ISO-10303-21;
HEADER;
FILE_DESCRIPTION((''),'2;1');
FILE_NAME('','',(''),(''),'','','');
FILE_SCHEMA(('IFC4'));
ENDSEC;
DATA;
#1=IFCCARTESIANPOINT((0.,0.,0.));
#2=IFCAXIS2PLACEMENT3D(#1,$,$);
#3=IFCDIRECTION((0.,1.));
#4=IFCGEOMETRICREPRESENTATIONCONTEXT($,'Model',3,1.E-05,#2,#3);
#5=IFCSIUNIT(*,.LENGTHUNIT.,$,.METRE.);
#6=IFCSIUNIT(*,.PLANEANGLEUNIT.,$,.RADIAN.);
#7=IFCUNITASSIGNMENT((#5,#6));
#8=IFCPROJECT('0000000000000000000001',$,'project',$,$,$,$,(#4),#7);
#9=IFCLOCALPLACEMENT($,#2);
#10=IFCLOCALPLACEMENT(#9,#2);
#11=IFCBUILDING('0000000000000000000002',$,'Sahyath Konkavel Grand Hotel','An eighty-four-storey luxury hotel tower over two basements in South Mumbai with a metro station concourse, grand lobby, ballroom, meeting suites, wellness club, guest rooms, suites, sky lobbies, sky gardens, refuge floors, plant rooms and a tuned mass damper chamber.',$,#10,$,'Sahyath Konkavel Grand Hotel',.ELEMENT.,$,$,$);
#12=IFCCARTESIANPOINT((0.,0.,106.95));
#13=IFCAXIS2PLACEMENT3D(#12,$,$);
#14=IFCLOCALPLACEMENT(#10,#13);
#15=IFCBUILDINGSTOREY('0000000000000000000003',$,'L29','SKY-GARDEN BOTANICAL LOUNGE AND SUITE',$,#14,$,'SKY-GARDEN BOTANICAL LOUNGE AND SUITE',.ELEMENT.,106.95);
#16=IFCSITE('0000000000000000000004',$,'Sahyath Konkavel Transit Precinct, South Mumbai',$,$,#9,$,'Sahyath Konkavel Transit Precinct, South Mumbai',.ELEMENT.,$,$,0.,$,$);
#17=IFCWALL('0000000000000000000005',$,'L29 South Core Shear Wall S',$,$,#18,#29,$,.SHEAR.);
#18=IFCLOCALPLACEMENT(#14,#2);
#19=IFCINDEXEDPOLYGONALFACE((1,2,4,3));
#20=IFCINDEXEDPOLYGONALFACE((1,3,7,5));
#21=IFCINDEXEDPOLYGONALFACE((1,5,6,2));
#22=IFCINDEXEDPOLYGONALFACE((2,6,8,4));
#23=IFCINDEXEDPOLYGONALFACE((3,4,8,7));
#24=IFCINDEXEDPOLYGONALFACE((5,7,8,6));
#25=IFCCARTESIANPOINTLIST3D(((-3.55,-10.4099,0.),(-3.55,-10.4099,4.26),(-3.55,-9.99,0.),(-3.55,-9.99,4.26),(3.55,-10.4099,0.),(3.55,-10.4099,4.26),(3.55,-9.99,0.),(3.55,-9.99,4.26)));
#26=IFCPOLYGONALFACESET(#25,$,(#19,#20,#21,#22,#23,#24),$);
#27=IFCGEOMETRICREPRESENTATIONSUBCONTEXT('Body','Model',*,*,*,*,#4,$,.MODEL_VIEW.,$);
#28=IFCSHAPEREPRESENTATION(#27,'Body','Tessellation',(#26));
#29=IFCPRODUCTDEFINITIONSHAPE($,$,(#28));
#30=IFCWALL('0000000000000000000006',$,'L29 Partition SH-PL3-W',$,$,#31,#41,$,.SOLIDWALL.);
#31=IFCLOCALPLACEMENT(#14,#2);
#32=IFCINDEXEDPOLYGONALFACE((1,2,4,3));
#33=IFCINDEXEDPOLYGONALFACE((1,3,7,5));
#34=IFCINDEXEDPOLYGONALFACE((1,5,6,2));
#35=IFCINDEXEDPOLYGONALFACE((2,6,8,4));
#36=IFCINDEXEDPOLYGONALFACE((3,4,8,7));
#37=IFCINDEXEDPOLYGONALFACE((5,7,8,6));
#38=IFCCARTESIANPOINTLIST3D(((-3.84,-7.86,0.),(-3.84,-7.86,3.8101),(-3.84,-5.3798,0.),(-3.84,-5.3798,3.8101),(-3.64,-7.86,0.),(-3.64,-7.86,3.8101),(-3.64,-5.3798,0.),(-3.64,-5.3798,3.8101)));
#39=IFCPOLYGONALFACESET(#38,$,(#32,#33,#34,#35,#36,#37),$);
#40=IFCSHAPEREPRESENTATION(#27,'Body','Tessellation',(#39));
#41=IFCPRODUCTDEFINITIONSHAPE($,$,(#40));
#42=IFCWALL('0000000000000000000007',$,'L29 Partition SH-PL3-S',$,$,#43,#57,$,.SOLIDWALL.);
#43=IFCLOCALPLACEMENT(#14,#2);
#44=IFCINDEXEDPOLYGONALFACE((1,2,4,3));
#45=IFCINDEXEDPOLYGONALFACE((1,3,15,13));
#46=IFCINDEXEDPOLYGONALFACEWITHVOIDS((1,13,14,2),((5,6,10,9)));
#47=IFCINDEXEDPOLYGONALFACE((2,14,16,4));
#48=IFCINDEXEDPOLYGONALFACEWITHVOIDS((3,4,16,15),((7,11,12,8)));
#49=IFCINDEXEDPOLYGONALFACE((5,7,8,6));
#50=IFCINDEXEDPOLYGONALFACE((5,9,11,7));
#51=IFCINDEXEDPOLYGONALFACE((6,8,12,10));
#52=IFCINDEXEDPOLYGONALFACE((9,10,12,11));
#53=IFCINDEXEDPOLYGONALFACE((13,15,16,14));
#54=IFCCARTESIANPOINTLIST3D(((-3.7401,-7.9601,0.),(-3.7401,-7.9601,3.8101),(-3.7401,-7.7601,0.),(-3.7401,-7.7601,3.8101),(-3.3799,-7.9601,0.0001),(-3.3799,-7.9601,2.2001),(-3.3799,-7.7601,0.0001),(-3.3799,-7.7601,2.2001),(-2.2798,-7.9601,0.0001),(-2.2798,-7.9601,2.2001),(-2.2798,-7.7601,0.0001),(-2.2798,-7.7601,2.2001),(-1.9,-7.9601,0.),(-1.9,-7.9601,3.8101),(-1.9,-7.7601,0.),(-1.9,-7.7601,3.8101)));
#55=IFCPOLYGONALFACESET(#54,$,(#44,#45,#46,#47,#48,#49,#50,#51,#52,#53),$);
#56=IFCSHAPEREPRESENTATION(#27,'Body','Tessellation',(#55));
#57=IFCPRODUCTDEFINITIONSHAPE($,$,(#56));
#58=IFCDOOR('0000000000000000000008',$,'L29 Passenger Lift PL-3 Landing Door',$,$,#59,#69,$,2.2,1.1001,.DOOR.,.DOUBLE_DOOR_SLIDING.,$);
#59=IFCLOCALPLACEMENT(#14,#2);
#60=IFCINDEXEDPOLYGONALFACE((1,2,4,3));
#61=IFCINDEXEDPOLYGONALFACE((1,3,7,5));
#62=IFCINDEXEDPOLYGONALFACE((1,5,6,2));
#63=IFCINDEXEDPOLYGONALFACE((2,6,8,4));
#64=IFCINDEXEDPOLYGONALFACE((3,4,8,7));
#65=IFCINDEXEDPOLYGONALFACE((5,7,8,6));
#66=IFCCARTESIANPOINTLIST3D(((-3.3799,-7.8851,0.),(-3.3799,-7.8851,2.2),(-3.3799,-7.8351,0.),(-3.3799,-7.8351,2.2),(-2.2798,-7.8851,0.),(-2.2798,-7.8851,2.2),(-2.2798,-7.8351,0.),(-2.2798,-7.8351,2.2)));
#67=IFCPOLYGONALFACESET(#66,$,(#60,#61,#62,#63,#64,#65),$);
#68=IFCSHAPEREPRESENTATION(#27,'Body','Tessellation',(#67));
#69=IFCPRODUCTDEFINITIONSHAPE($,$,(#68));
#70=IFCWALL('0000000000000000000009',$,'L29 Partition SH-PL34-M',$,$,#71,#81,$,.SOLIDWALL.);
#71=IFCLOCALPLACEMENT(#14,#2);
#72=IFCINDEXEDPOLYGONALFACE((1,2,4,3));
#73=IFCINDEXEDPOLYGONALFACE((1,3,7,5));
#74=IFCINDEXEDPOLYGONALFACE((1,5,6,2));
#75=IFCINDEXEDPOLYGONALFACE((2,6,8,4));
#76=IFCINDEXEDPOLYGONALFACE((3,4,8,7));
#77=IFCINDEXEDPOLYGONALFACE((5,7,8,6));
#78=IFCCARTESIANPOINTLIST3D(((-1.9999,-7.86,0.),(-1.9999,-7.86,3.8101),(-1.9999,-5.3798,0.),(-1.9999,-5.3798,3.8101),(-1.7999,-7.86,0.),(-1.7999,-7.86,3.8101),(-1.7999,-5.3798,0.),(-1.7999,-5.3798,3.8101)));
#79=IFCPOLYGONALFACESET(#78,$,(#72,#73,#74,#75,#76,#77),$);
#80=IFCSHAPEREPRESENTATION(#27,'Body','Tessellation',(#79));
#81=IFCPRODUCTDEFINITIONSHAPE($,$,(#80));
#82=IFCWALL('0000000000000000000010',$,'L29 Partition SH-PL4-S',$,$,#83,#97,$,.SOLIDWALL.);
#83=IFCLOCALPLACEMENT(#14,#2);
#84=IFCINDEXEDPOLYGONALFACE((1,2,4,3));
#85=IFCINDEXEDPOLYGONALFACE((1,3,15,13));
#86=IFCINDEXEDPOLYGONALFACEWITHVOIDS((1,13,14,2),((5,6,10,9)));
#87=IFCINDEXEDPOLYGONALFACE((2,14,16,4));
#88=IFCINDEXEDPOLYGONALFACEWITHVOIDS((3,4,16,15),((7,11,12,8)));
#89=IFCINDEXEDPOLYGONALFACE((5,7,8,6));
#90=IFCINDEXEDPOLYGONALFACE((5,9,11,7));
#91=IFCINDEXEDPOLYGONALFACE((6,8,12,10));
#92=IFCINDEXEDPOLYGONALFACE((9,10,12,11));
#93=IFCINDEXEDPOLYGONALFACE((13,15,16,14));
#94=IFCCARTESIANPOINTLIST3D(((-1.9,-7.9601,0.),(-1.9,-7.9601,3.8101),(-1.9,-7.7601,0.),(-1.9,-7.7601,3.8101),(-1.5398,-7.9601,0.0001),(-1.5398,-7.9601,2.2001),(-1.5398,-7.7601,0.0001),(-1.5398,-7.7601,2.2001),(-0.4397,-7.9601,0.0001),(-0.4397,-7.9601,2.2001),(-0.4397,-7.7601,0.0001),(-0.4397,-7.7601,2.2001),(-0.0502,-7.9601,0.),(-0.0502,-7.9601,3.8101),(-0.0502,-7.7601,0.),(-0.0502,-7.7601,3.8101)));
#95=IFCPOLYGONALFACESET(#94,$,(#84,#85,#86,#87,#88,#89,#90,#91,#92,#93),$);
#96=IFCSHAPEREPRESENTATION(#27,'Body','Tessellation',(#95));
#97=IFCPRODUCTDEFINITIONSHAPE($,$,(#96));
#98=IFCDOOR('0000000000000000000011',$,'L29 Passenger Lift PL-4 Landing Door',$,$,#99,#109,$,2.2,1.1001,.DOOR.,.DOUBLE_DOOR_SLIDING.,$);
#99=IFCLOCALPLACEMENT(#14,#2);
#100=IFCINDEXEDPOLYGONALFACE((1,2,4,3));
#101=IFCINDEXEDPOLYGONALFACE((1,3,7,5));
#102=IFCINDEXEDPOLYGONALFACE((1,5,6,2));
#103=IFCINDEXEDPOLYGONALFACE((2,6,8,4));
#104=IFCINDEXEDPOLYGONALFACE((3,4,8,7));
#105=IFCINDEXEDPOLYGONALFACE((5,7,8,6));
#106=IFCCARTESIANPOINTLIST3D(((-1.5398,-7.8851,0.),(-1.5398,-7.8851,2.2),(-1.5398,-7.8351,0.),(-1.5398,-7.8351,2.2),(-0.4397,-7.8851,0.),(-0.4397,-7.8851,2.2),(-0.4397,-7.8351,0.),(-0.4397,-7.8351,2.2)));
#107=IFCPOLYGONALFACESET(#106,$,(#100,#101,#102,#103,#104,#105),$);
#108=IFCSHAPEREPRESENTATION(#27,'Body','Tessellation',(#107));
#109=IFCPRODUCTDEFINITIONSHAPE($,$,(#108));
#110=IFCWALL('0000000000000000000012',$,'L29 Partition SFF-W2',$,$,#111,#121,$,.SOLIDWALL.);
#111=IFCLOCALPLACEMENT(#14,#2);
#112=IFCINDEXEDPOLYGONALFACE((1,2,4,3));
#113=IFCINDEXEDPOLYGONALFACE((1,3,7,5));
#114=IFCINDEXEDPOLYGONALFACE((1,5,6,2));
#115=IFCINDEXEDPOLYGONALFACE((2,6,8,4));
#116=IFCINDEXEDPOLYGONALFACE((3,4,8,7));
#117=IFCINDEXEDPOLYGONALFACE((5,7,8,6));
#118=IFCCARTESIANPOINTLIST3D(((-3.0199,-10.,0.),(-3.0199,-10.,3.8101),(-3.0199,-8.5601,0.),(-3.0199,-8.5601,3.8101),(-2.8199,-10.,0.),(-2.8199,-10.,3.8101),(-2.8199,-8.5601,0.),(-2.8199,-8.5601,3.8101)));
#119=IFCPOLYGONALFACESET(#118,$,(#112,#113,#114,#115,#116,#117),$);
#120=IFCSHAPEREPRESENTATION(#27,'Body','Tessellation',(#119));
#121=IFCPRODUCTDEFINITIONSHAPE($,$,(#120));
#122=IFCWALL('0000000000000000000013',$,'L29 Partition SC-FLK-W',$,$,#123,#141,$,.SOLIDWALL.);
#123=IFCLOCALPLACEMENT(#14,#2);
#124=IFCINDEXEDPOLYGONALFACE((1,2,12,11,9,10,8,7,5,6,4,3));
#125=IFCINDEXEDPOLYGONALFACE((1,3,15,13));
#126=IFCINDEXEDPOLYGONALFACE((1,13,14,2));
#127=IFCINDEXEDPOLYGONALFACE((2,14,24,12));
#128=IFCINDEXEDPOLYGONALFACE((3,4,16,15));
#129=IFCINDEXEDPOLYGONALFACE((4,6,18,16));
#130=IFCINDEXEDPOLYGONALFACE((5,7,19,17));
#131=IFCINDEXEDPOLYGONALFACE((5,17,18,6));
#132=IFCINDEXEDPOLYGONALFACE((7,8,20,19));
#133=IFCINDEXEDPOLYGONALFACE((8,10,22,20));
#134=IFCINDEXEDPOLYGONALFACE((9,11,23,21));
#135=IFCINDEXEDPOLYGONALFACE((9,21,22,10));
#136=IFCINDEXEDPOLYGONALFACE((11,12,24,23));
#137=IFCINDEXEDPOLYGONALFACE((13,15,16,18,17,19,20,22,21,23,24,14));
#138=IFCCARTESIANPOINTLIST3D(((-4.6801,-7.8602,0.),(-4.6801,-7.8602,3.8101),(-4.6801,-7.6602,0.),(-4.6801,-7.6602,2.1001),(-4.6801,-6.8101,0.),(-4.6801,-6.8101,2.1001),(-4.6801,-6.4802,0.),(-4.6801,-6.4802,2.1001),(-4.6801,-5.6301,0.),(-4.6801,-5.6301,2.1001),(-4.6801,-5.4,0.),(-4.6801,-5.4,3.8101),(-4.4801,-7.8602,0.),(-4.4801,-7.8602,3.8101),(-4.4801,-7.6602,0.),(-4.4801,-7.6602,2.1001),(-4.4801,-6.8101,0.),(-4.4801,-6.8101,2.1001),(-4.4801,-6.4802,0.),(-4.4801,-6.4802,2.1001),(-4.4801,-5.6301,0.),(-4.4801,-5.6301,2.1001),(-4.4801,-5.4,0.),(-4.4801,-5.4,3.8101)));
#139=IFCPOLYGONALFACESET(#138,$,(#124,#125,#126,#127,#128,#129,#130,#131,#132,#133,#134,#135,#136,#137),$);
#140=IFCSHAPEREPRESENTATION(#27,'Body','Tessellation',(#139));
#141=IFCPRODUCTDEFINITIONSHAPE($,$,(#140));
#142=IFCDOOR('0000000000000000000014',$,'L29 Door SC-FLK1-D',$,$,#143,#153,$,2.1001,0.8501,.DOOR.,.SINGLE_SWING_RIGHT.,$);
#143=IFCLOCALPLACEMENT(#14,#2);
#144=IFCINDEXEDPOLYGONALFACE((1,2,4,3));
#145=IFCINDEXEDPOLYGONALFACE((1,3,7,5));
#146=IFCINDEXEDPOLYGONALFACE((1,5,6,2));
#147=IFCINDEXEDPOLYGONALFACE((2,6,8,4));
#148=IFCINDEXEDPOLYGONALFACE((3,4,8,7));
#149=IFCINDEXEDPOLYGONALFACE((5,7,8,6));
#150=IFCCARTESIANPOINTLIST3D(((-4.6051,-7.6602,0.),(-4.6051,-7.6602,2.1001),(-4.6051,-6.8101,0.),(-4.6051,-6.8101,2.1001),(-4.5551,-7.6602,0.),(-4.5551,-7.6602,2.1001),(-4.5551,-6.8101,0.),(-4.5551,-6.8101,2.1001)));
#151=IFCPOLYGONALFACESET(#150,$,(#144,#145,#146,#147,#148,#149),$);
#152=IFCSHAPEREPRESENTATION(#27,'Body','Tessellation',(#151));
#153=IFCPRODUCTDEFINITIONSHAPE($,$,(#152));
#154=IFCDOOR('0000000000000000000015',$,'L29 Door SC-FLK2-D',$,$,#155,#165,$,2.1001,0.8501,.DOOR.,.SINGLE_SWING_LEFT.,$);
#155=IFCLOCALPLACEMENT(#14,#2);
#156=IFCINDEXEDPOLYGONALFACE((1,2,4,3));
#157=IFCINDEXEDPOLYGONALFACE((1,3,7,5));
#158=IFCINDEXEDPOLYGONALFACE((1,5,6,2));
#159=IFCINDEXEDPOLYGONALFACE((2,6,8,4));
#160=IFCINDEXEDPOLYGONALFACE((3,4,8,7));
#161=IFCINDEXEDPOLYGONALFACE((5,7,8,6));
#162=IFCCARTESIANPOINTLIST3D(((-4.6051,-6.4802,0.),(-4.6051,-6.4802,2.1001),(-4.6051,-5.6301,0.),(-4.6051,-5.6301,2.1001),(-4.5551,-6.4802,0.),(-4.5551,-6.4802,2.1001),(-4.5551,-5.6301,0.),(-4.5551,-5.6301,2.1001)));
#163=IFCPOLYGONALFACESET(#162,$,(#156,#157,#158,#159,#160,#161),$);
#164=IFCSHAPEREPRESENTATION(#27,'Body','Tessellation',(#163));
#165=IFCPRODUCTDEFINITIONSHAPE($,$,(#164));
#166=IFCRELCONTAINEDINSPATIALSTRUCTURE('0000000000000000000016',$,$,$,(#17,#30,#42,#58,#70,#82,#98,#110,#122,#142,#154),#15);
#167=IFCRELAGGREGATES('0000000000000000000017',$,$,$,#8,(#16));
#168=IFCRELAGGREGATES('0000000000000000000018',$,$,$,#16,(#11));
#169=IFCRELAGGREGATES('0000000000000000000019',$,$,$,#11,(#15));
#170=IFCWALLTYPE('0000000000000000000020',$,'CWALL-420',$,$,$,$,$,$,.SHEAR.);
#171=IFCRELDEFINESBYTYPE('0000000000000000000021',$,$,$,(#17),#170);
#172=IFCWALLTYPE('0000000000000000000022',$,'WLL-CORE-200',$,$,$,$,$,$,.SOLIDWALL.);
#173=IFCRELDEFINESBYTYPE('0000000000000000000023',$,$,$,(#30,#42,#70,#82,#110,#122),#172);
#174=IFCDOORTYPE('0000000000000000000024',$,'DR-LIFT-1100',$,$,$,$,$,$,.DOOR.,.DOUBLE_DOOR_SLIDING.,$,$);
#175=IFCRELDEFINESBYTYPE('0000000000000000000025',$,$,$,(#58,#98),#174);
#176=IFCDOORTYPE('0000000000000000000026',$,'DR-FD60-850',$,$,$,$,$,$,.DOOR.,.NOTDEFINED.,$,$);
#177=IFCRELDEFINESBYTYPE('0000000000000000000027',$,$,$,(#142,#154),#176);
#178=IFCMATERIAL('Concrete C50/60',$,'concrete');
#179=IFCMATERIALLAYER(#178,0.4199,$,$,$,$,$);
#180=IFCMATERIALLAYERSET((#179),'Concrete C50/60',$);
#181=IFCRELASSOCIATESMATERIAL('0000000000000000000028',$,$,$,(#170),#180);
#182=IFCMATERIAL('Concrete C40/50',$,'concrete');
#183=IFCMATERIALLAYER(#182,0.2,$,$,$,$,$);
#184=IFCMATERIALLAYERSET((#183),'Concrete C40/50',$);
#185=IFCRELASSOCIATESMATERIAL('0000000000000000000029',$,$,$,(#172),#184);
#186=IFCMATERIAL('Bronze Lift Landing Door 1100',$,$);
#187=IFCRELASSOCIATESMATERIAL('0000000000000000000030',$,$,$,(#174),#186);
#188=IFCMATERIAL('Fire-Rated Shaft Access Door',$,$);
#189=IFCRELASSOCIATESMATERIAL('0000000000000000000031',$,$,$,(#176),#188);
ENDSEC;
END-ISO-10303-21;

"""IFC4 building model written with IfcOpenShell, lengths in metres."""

from ifc_helpers import new_model, si_unit, direction, frame, frame_2d, origin, origin_2d, place, context, subcontext, project, spatial, rectangle, extrude, source, transform, mapped, material, layer, layer_set, type_object, element, fill, save


model = new_model("IFC4")

# Units and contexts
model_context = context("Model", 3, precision=1e-05, world=origin(), true_north=direction((0.0, 1.0)))
body_context = subcontext(model_context, "Body", "Model", "MODEL_VIEW")
ifc_project = project(units=[si_unit("LENGTHUNIT", "METRE"), si_unit("PLANEANGLEUNIT", "RADIAN")], contexts=[model_context])

# Site, building, storey
site_placement = place(None, origin())
site = spatial("IfcSite", under=ifc_project, at=site_placement, Name="Sahyath Konkavel Transit Precinct, South Mumbai", LongName="Sahyath Konkavel Transit Precinct, South Mumbai", CompositionType="ELEMENT", RefElevation=0.0)
building_placement = place(site_placement, origin())
building = spatial("IfcBuilding", under=site, at=building_placement, Name="Sahyath Konkavel Grand Hotel", Description="An eighty-four-storey luxury hotel tower over two basements in South Mumbai with a metro station concourse, grand lobby, ballroom, meeting suites, wellness club, guest rooms, suites, sky lobbies, sky gardens, refuge floors, plant rooms and a tuned mass damper chamber.", LongName="Sahyath Konkavel Grand Hotel", CompositionType="ELEMENT")
storey_placement = place(building_placement, frame((0.0, 0.0, 106.95)))
storey = spatial("IfcBuildingStorey", under=building, at=storey_placement, Name="L29", Description="SKY-GARDEN BOTANICAL LOUNGE AND SUITE", LongName="SKY-GARDEN BOTANICAL LOUNGE AND SUITE", CompositionType="ELEMENT", Elevation=106.95)

# Walls
ifc_material_1 = material(Name="Concrete C50/60", Category="concrete")
ifc_layer_1 = layer(ifc_material_1, 0.4199)
ifc_layer_set_1 = layer_set([ifc_layer_1], Name="Concrete C50/60")
wall_type_1 = type_object("IfcWallType", Name="CWALL-420", PredefinedType="SHEAR", material=ifc_layer_set_1)
wall_1_placement = place(storey_placement, frame((-3.55, -10.2, 0.0), z_axis=(0.0, 0.0, 1.0), x_axis=(1.0, 0.0, 0.0)))
element("IfcWall", 1, at=wall_1_placement, inside=storey, type_object=wall_type_1, Name="L29 South Core Shear Wall S", PredefinedType="SHEAR", context=body_context, shape_type="SweptSolid", body=[
    extrude(rectangle(XDim=7.1001, YDim=0.4199, at=frame_2d((3.55, 0.0))), origin(), (0.0, 0.0, 1.0), 4.26),
])
ifc_material_2 = material(Name="Concrete C40/50", Category="concrete")
ifc_layer_2 = layer(ifc_material_2, 0.2)
ifc_layer_set_2 = layer_set([ifc_layer_2], Name="Concrete C40/50")
wall_type_2 = type_object("IfcWallType", Name="WLL-CORE-200", PredefinedType="SOLIDWALL", material=ifc_layer_set_2)
wall_2_placement = place(storey_placement, frame((-3.74, -7.8601, 0.0), z_axis=(0.0, 0.0, 1.0), x_axis=(0.0, 1.0, 0.0)))
element("IfcWall", 2, at=wall_2_placement, inside=storey, type_object=wall_type_2, Name="L29 Partition SH-PL3-W", PredefinedType="SOLIDWALL", context=body_context, shape_type="SweptSolid", body=[
    extrude(rectangle(XDim=2.4802, YDim=0.2, at=frame_2d((1.2402, 0.0))), origin(), (0.0, 0.0, 1.0), 3.8101),
])

# Wall, opening, door
wall_3_placement = place(storey_placement, frame((-3.74, -7.8601, 0.0), z_axis=(0.0, 0.0, 1.0), x_axis=(1.0, 0.0, 0.0)))
wall_3 = element("IfcWall", 3, at=wall_3_placement, inside=storey, type_object=wall_type_2, Name="L29 Partition SH-PL3-S", PredefinedType="SOLIDWALL", context=body_context, shape_type="SweptSolid", body=[
    extrude(rectangle(XDim=1.8401, YDim=0.2, at=frame_2d((0.9199, 0.0))), origin(), (0.0, 0.0, 1.0), 3.8101),
])
opening_1_placement = place(wall_3_placement, frame((0.3601, 0.0, 0.0)))
opening_1 = element("IfcOpeningElement", 4, at=opening_1_placement, cuts=wall_3, PredefinedType="OPENING", context=body_context, shape_type="SweptSolid", body=[
    extrude(rectangle(XDim=1.1001, YDim=2.2, at=frame_2d((0.55, 1.1001))), frame((0.0, 0.1099, 0.0), z_axis=(0.0, -1.0, 0.0), x_axis=(1.0, 0.0, 0.0)), (0.0, 0.0, 1.0), 0.22),
])
ifc_material_3 = material(Name="Bronze Lift Landing Door 1100")
door_type_1 = type_object("IfcDoorType", Name="DR-LIFT-1100", OperationType="DOUBLE_DOOR_SLIDING", PredefinedType="DOOR", material=ifc_material_3)
shared_shape_1 = source(origin(), body_context, "Body", "SweptSolid", [
    extrude(rectangle(XDim=1.1001, YDim=0.05, at=origin_2d()), origin(), (0.0, 0.0, 1.0), 2.2),
])
door_1_placement = place(opening_1_placement, frame((0.55, 0.0, 0.0)))
door_1 = element("IfcDoor", 5, at=door_1_placement, inside=storey, type_object=door_type_1, Name="L29 Passenger Lift PL-3 Landing Door", OperationType="DOUBLE_DOOR_SLIDING", OverallHeight=2.2, OverallWidth=1.1001, PredefinedType="DOOR", context=body_context, shape_type="MappedRepresentation", body=[
    mapped(shared_shape_1, transform((0.0, 0.0, 0.0), scale=1.0)),
])
fill(opening_1, door_1)

# Wall
wall_4_placement = place(storey_placement, frame((-1.8999, -7.8601, 0.0), z_axis=(0.0, 0.0, 1.0), x_axis=(0.0, 1.0, 0.0)))
element("IfcWall", 6, at=wall_4_placement, inside=storey, type_object=wall_type_2, Name="L29 Partition SH-PL34-M", PredefinedType="SOLIDWALL", context=body_context, shape_type="SweptSolid", body=[
    extrude(rectangle(XDim=2.4802, YDim=0.2, at=frame_2d((1.2402, 0.0))), origin(), (0.0, 0.0, 1.0), 3.8101),
])

# Wall, opening, door
wall_5_placement = place(storey_placement, frame((-1.8999, -7.8601, 0.0), z_axis=(0.0, 0.0, 1.0), x_axis=(1.0, 0.0, 0.0)))
wall_5 = element("IfcWall", 7, at=wall_5_placement, inside=storey, type_object=wall_type_2, Name="L29 Partition SH-PL4-S", PredefinedType="SOLIDWALL", context=body_context, shape_type="SweptSolid", body=[
    extrude(rectangle(XDim=1.8499, YDim=0.2, at=frame_2d((0.9248, 0.0))), origin(), (0.0, 0.0, 1.0), 3.8101),
])
opening_2_placement = place(wall_5_placement, frame((0.3601, 0.0, 0.0)))
opening_2 = element("IfcOpeningElement", 8, at=opening_2_placement, cuts=wall_5, PredefinedType="OPENING", context=body_context, shape_type="SweptSolid", body=[
    extrude(rectangle(XDim=1.1001, YDim=2.2, at=frame_2d((0.55, 1.1001))), frame((0.0, 0.1099, 0.0), z_axis=(0.0, -1.0, 0.0), x_axis=(1.0, 0.0, 0.0)), (0.0, 0.0, 1.0), 0.22),
])
door_2_placement = place(opening_2_placement, frame((0.55, 0.0, 0.0)))
door_2 = element("IfcDoor", 9, at=door_2_placement, inside=storey, type_object=door_type_1, Name="L29 Passenger Lift PL-4 Landing Door", OperationType="DOUBLE_DOOR_SLIDING", OverallHeight=2.2, OverallWidth=1.1001, PredefinedType="DOOR", context=body_context, shape_type="MappedRepresentation", body=[
    mapped(shared_shape_1, transform((0.0, 0.0, 0.0), scale=1.0)),
])
fill(opening_2, door_2)

# Wall
wall_6_placement = place(storey_placement, frame((-2.9199, -10.0, 0.0), z_axis=(0.0, 0.0, 1.0), x_axis=(0.0, 1.0, 0.0)))
element("IfcWall", 10, at=wall_6_placement, inside=storey, type_object=wall_type_2, Name="L29 Partition SFF-W2", PredefinedType="SOLIDWALL", context=body_context, shape_type="SweptSolid", body=[
    extrude(rectangle(XDim=1.4399, YDim=0.2, at=frame_2d((0.72, 0.0))), origin(), (0.0, 0.0, 1.0), 3.8101),
])

# Wall, openings, doors
wall_7_placement = place(storey_placement, frame((-4.5801, -7.8601, 0.0), z_axis=(0.0, 0.0, 1.0), x_axis=(0.0, 1.0, 0.0)))
wall_7 = element("IfcWall", 11, at=wall_7_placement, inside=storey, type_object=wall_type_2, Name="L29 Partition SC-FLK-W", PredefinedType="SOLIDWALL", context=body_context, shape_type="SweptSolid", body=[
    extrude(rectangle(XDim=2.4602, YDim=0.2, at=frame_2d((1.23, 0.0))), origin(), (0.0, 0.0, 1.0), 3.8101),
])
opening_3_placement = place(wall_7_placement, frame((0.2, 0.0, 0.0)))
opening_3 = element("IfcOpeningElement", 12, at=opening_3_placement, cuts=wall_7, PredefinedType="OPENING", context=body_context, shape_type="SweptSolid", body=[
    extrude(rectangle(XDim=0.8501, YDim=2.1001, at=frame_2d((0.425, 1.05))), frame((0.0, 0.1099, 0.0), z_axis=(0.0, -1.0, 0.0), x_axis=(1.0, 0.0, 0.0)), (0.0, 0.0, 1.0), 0.22),
])
opening_4_placement = place(wall_7_placement, frame((1.3799, 0.0, 0.0)))
opening_4 = element("IfcOpeningElement", 13, at=opening_4_placement, cuts=wall_7, PredefinedType="OPENING", context=body_context, shape_type="SweptSolid", body=[
    extrude(rectangle(XDim=0.8501, YDim=2.1001, at=frame_2d((0.425, 1.05))), frame((0.0, 0.1099, 0.0), z_axis=(0.0, -1.0, 0.0), x_axis=(1.0, 0.0, 0.0)), (0.0, 0.0, 1.0), 0.22),
])
ifc_material_4 = material(Name="Fire-Rated Shaft Access Door")
door_type_2 = type_object("IfcDoorType", Name="DR-FD60-850", OperationType="NOTDEFINED", PredefinedType="DOOR", material=ifc_material_4)
shared_shape_2 = source(origin(), body_context, "Body", "SweptSolid", [
    extrude(rectangle(XDim=0.8501, YDim=0.05, at=origin_2d()), origin(), (0.0, 0.0, 1.0), 2.1001),
])
door_3_placement = place(opening_3_placement, frame((0.425, 0.0, 0.0)))
door_3 = element("IfcDoor", 14, at=door_3_placement, inside=storey, type_object=door_type_2, Name="L29 Door SC-FLK1-D", OperationType="SINGLE_SWING_RIGHT", OverallHeight=2.1001, OverallWidth=0.8501, PredefinedType="DOOR", context=body_context, shape_type="MappedRepresentation", body=[
    mapped(shared_shape_2, transform((0.0, 0.0, 0.0), scale=1.0)),
])
fill(opening_3, door_3)
door_4_placement = place(opening_4_placement, frame((0.425, 0.0, 0.0)))
door_4 = element("IfcDoor", 15, at=door_4_placement, inside=storey, type_object=door_type_2, Name="L29 Door SC-FLK2-D", OperationType="SINGLE_SWING_LEFT", OverallHeight=2.1001, OverallWidth=0.8501, PredefinedType="DOOR", context=body_context, shape_type="MappedRepresentation", body=[
    mapped(shared_shape_2, transform((0.0, 0.0, 0.0), scale=1.0)),
])
fill(opening_4, door_4)

save(model, "model.ifc")
